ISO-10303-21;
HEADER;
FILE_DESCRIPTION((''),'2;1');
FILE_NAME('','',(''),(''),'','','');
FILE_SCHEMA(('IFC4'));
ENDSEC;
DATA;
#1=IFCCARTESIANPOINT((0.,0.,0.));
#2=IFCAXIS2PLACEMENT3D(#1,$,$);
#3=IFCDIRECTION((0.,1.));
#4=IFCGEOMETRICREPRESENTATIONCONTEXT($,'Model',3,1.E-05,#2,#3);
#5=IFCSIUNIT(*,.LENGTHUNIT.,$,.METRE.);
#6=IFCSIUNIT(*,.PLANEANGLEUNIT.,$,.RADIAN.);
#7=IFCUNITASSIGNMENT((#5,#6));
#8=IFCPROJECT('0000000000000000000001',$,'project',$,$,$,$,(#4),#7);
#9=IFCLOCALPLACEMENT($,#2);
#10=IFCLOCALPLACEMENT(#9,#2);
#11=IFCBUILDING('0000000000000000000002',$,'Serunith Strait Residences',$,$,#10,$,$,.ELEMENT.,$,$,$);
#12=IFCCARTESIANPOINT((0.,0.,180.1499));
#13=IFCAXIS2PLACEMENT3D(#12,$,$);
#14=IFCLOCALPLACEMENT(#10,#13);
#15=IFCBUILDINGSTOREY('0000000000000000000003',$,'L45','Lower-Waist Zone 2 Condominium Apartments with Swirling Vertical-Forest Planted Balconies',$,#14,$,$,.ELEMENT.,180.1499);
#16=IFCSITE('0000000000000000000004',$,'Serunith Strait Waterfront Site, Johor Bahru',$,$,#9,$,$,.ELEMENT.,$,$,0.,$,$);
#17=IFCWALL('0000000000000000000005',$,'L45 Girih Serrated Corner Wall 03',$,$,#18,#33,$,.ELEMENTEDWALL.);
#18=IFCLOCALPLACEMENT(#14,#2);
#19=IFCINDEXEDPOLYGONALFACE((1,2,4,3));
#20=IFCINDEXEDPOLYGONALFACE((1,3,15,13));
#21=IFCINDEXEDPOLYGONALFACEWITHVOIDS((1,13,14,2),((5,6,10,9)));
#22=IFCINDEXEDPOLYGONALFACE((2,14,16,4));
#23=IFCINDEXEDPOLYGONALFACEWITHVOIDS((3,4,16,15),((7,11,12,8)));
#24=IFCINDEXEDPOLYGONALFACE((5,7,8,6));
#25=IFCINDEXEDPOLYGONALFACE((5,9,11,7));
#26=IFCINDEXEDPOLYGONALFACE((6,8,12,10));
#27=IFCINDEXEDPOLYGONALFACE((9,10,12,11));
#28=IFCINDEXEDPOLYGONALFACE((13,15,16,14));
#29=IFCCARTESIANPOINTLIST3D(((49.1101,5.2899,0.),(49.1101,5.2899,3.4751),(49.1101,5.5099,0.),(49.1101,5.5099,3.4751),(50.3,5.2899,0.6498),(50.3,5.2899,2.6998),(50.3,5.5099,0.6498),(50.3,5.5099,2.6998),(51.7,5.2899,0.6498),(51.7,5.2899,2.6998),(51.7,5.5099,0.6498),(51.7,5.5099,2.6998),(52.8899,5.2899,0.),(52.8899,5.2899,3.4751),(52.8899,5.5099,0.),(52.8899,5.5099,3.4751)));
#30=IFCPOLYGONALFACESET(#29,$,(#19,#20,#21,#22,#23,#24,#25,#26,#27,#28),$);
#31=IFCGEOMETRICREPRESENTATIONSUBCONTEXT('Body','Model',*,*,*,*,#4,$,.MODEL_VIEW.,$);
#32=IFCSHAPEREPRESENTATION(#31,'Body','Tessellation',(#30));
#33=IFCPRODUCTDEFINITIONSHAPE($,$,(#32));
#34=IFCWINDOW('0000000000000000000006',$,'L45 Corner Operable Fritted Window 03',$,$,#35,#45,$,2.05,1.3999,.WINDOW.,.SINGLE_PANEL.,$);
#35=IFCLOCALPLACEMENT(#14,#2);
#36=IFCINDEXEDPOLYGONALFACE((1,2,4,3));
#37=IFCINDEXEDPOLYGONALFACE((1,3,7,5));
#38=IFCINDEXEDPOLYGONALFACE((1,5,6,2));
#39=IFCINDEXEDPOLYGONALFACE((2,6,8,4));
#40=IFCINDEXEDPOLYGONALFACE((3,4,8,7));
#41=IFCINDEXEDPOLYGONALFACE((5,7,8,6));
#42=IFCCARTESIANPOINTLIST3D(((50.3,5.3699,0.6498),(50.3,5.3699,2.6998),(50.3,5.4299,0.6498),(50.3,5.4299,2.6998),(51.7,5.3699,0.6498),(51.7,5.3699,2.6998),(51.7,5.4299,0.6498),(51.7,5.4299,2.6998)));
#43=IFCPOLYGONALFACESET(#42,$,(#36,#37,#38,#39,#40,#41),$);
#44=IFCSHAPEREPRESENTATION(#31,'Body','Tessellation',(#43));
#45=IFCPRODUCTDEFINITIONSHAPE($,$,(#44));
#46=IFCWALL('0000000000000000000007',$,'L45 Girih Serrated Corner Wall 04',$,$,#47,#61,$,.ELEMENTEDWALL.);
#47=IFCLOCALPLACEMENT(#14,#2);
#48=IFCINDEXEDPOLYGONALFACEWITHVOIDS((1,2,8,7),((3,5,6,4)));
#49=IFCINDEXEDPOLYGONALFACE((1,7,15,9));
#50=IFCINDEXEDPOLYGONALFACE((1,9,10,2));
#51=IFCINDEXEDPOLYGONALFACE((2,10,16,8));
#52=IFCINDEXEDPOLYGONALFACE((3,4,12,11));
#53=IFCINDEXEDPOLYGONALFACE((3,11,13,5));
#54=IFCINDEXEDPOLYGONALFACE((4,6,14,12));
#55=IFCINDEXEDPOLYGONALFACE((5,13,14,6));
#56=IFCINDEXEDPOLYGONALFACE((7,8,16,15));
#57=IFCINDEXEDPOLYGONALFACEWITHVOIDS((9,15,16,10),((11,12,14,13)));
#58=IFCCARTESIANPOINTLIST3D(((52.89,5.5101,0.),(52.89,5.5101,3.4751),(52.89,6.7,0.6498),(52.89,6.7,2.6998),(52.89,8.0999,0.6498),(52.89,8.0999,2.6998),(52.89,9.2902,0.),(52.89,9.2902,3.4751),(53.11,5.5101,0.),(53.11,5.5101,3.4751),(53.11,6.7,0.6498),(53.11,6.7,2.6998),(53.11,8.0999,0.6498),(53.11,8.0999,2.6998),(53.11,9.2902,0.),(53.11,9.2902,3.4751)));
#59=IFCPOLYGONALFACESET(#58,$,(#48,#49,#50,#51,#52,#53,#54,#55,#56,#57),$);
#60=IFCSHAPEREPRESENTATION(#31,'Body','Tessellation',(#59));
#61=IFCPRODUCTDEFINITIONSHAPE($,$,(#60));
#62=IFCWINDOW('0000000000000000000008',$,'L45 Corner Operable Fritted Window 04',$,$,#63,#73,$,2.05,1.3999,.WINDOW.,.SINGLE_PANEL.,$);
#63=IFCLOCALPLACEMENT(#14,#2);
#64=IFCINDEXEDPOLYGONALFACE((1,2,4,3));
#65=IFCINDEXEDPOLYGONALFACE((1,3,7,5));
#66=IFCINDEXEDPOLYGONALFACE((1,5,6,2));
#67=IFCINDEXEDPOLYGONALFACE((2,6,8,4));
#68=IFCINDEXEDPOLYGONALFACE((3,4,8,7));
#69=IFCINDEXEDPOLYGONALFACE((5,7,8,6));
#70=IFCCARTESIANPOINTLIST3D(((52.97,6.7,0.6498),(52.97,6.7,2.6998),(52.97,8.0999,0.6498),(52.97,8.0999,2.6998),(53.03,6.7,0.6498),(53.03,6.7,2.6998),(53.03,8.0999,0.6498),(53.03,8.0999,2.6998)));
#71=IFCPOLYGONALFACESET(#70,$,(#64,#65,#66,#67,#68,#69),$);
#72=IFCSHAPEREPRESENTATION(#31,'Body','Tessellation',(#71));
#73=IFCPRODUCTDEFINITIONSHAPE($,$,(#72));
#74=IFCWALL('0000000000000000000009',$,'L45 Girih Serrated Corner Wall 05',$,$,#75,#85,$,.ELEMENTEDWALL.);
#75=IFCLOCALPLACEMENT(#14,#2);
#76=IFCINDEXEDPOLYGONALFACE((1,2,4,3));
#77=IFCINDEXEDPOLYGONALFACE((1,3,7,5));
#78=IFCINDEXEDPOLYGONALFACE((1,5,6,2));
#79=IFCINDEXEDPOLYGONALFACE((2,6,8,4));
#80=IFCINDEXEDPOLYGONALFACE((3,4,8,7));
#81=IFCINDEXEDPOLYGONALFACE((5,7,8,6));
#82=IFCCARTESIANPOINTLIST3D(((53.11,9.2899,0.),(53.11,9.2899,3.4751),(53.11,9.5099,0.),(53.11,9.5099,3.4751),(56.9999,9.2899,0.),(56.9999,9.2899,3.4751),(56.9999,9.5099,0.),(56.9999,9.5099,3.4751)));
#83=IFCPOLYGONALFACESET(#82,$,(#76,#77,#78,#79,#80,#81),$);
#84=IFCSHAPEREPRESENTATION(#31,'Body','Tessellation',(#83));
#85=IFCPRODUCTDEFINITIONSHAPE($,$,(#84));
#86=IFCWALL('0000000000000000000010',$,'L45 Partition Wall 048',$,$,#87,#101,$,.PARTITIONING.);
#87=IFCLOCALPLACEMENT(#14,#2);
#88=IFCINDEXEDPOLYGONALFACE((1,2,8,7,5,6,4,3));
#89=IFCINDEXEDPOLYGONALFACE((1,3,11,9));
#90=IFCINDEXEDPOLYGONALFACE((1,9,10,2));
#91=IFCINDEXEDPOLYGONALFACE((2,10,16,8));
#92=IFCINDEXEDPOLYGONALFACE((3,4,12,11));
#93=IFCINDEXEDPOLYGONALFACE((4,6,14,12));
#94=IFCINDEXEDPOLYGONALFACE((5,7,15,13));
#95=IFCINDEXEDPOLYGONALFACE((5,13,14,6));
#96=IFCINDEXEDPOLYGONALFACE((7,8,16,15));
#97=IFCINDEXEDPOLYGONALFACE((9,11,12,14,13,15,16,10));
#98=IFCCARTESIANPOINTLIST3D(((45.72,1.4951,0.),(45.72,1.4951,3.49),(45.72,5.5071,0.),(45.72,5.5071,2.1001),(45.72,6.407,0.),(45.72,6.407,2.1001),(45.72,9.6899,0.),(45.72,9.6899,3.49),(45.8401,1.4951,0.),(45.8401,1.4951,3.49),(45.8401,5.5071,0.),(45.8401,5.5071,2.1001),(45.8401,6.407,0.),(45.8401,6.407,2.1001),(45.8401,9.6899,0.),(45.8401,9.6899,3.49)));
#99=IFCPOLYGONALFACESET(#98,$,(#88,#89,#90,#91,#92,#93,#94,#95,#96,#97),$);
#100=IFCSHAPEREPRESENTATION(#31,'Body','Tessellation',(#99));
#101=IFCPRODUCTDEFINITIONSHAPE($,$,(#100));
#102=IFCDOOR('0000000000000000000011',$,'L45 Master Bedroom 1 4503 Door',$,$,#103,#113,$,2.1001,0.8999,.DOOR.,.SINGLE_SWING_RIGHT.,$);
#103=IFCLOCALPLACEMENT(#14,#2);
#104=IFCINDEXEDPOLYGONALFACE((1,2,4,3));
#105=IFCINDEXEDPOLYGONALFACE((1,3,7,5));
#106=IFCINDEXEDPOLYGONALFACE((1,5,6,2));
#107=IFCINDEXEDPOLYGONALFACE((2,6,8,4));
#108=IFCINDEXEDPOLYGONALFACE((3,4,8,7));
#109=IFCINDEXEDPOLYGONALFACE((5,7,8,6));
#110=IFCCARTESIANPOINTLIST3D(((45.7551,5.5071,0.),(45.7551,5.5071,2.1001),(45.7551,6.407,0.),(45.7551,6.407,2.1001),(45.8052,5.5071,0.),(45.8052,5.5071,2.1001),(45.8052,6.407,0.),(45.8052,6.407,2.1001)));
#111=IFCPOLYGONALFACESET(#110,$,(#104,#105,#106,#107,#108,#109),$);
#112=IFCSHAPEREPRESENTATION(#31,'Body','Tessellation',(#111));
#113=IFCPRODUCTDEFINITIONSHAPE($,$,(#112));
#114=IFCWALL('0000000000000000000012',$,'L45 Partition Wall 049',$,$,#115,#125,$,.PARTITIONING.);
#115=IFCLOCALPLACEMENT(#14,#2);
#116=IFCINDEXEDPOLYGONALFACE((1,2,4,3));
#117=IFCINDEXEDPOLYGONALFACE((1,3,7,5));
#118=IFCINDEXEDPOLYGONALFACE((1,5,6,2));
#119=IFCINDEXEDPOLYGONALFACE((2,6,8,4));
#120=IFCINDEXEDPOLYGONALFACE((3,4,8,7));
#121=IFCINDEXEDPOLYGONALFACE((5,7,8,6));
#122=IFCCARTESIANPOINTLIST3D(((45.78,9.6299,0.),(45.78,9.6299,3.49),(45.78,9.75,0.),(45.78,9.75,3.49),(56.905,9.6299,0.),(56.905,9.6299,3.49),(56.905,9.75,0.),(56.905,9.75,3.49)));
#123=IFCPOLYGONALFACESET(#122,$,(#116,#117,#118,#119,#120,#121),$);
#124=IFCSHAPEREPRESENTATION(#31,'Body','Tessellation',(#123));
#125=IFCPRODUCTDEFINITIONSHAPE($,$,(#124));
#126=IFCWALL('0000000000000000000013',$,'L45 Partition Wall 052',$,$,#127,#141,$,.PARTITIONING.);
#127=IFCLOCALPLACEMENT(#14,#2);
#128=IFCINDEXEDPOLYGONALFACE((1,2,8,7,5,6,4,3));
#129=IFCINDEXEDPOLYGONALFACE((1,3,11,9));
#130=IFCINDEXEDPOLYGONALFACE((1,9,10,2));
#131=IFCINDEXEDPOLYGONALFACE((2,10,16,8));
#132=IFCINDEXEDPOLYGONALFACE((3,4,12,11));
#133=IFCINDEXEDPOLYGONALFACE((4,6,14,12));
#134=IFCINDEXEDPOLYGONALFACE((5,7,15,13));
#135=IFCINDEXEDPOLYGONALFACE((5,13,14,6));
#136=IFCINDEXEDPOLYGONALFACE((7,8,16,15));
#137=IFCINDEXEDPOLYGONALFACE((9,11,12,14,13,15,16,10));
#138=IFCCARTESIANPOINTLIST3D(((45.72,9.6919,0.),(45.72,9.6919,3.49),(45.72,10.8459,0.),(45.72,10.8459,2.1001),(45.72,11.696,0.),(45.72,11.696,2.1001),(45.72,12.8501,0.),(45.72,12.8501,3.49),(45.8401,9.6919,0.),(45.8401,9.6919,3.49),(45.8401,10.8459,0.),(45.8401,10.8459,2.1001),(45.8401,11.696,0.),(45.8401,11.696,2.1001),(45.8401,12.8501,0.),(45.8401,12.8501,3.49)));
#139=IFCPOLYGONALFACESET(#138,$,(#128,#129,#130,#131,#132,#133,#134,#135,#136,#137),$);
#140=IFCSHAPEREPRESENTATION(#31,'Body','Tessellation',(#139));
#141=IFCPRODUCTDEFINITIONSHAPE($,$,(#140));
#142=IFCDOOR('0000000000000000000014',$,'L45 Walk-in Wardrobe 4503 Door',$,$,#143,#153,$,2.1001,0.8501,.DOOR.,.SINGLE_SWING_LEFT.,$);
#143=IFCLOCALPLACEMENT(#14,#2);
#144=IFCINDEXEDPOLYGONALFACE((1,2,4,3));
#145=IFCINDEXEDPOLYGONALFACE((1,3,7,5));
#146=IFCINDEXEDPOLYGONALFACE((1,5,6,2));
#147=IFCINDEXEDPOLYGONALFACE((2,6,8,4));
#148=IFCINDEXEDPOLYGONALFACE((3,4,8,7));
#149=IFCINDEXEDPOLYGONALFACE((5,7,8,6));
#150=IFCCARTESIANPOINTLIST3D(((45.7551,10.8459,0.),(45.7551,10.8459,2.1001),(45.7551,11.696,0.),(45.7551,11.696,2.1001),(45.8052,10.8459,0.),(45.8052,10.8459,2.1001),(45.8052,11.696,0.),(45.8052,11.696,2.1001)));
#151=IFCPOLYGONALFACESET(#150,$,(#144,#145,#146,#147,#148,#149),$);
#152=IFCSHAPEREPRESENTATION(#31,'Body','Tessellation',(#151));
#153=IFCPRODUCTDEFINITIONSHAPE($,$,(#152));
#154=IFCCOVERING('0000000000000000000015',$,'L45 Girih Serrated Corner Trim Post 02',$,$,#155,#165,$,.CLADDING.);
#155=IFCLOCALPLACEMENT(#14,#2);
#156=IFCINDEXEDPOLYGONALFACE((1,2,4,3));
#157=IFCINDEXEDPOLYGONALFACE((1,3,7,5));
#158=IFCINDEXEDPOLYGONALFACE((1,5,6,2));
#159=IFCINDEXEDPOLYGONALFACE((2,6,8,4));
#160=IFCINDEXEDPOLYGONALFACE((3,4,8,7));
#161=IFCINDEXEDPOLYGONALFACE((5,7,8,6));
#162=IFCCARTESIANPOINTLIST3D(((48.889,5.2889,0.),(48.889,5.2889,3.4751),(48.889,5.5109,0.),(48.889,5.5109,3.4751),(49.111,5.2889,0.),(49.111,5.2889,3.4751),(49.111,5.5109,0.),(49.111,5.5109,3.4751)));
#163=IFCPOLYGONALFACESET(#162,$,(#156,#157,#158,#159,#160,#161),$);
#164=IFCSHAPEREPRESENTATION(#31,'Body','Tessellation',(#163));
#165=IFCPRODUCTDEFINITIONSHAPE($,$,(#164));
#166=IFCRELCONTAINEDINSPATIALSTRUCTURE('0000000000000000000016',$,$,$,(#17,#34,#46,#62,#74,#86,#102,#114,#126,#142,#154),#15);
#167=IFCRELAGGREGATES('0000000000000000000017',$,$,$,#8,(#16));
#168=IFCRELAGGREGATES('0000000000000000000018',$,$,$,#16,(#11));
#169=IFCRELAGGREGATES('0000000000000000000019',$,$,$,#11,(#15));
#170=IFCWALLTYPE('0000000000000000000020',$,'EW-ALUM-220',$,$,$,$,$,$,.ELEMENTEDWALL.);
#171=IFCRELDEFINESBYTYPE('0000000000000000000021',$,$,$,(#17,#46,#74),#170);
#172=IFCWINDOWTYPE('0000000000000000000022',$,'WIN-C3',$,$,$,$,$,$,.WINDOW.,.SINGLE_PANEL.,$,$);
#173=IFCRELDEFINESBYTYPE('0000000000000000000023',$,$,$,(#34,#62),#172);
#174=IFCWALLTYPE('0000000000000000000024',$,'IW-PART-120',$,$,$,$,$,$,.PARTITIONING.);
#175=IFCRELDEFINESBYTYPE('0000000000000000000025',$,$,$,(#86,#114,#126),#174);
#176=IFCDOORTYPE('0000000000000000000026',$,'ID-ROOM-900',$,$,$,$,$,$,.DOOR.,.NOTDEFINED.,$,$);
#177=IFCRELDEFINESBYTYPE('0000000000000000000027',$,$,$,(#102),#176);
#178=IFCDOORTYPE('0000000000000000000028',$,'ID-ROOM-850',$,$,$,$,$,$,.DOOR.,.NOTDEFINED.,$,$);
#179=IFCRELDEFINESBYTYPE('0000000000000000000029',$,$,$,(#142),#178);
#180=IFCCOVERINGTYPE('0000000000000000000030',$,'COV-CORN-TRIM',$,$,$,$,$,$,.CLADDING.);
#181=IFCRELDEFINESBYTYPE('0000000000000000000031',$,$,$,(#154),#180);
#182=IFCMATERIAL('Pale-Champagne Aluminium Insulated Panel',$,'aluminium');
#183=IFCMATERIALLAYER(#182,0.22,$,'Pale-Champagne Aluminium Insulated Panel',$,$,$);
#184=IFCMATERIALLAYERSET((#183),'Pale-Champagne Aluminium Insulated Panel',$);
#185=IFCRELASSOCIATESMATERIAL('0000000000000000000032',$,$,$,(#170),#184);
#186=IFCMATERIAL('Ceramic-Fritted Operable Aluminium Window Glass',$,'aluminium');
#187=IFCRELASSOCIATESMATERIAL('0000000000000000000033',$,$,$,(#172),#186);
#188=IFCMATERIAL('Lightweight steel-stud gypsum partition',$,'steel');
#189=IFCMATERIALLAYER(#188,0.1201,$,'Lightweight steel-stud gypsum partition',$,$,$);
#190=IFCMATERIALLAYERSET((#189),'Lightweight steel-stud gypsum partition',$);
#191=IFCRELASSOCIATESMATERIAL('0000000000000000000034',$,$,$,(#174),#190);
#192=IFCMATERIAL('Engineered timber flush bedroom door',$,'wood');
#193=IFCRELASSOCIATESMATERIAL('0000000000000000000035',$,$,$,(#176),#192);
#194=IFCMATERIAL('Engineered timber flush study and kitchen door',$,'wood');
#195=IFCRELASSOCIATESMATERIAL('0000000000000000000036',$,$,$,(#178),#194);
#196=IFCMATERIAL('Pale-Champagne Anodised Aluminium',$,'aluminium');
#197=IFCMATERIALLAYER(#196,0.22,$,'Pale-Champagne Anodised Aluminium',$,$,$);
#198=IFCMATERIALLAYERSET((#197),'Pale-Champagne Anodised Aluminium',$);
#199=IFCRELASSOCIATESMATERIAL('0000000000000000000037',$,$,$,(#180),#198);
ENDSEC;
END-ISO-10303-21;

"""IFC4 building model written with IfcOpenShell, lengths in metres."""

from ifc_helpers import new_model, si_unit, direction, frame, frame_2d, origin, origin_2d, place, context, subcontext, project, spatial, rectangle, extrude, source, transform, mapped, material, layer, layer_set, type_object, element, fill, save


model = new_model("IFC4")

# Units and contexts
model_context = context("Model", 3, precision=1e-05, world=origin(), true_north=direction((0.0, 1.0)))
body_context = subcontext(model_context, "Body", "Model", "MODEL_VIEW")
ifc_project = project(units=[si_unit("LENGTHUNIT", "METRE"), si_unit("PLANEANGLEUNIT", "RADIAN")], contexts=[model_context])

# Site, building, storey
site_placement = place(None, origin())
site = spatial("IfcSite", under=ifc_project, at=site_placement, Name="Serunith Strait Waterfront Site, Johor Bahru", CompositionType="ELEMENT", RefElevation=0.0)
building_placement = place(site_placement, origin())
building = spatial("IfcBuilding", under=site, at=building_placement, Name="Serunith Strait Residences", CompositionType="ELEMENT")
storey_placement = place(building_placement, frame((0.0, 0.0, 180.1499)))
storey = spatial("IfcBuildingStorey", under=building, at=storey_placement, Name="L45", Description="Lower-Waist Zone 2 Condominium Apartments with Swirling Vertical-Forest Planted Balconies", CompositionType="ELEMENT", Elevation=180.1499)

# Shared definitions
ifc_material_1 = material(Name="Pale-Champagne Anodised Aluminium", Category="aluminium")

# Walls, openings, windows
ifc_material_2 = material(Name="Pale-Champagne Aluminium Insulated Panel", Category="aluminium")
ifc_layer_1 = layer(ifc_material_2, 0.22, Name="Pale-Champagne Aluminium Insulated Panel")
ifc_layer_set_1 = layer_set([ifc_layer_1], Name="Pale-Champagne Aluminium Insulated Panel")
wall_type_1 = type_object("IfcWallType", Name="EW-ALUM-220", PredefinedType="ELEMENTEDWALL", material=ifc_layer_set_1)
ifc_material_3 = material(Name="Ceramic-Fritted Operable Aluminium Window Glass", Category="aluminium")
window_type = type_object("IfcWindowType", Name="WIN-C3", PartitioningType="SINGLE_PANEL", PredefinedType="WINDOW", material=ifc_material_3)
shared_shape_1 = source(origin(), body_context, "Body", "SweptSolid", [
    extrude(rectangle(XDim=1.3999, YDim=2.05, at=frame_2d((0.7, 1.0249))), frame((0.0, 0.03, 0.0), z_axis=(0.0, -1.0, 0.0), x_axis=(1.0, 0.0, 0.0)), (0.0, 0.0, 1.0), 0.0601),
])
wall_1_placement = place(storey_placement, frame((49.1101, 5.3999, 0.0), z_axis=(0.0, 0.0, 1.0), x_axis=(1.0, 0.0, 0.0)))
wall_1 = element("IfcWall", 1, at=wall_1_placement, inside=storey, type_object=wall_type_1, Name="L45 Girih Serrated Corner Wall 03", PredefinedType="ELEMENTEDWALL", context=body_context, shape_type="SweptSolid", body=[
    extrude(rectangle(XDim=3.7798, YDim=0.22, at=frame_2d((1.8899, 0.0))), origin(), (0.0, 0.0, 1.0), 3.4751),
])
opening_1_placement = place(wall_1_placement, frame((1.1899, 0.0, 0.6499)))
opening_1 = element("IfcOpeningElement", 2, at=opening_1_placement, cuts=wall_1, PredefinedType="OPENING", context=body_context, shape_type="SweptSolid", body=[
    extrude(rectangle(XDim=1.3999, YDim=2.05, at=frame_2d((0.7, 1.0249))), frame((0.0, 0.1201, 0.0), z_axis=(0.0, -1.0, 0.0), x_axis=(1.0, 0.0, 0.0)), (0.0, 0.0, 1.0), 0.24),
])
window_1_placement = place(opening_1_placement, origin())
window_1 = element("IfcWindow", 3, at=window_1_placement, inside=storey, type_object=window_type, Name="L45 Corner Operable Fritted Window 03", OverallHeight=2.05, OverallWidth=1.3999, PartitioningType="SINGLE_PANEL", PredefinedType="WINDOW", context=body_context, shape_type="MappedRepresentation", body=[
    mapped(shared_shape_1, transform((0.0, 0.0, 0.0), scale=1.0)),
])
fill(opening_1, window_1)
wall_2_placement = place(storey_placement, frame((53.0, 5.51, 0.0), z_axis=(0.0, 0.0, 1.0), x_axis=(0.0, 1.0, 0.0)))
wall_2 = element("IfcWall", 4, at=wall_2_placement, inside=storey, type_object=wall_type_1, Name="L45 Girih Serrated Corner Wall 04", PredefinedType="ELEMENTEDWALL", context=body_context, shape_type="SweptSolid", body=[
    extrude(rectangle(XDim=3.78, YDim=0.22, at=frame_2d((1.8901, 0.0))), origin(), (0.0, 0.0, 1.0), 3.4751),
])
opening_2_placement = place(wall_2_placement, frame((1.1899, 0.0, 0.6499)))
opening_2 = element("IfcOpeningElement", 5, at=opening_2_placement, cuts=wall_2, PredefinedType="OPENING", context=body_context, shape_type="SweptSolid", body=[
    extrude(rectangle(XDim=1.3999, YDim=2.05, at=frame_2d((0.7, 1.0249))), frame((0.0, 0.1201, 0.0), z_axis=(0.0, -1.0, 0.0), x_axis=(1.0, 0.0, 0.0)), (0.0, 0.0, 1.0), 0.24),
])
window_2_placement = place(opening_2_placement, origin())
window_2 = element("IfcWindow", 6, at=window_2_placement, inside=storey, type_object=window_type, Name="L45 Corner Operable Fritted Window 04", OverallHeight=2.05, OverallWidth=1.3999, PartitioningType="SINGLE_PANEL", PredefinedType="WINDOW", context=body_context, shape_type="MappedRepresentation", body=[
    mapped(shared_shape_1, transform((0.0, 0.0, 0.0), scale=1.0)),
])
fill(opening_2, window_2)

# Wall
wall_3_placement = place(storey_placement, frame((53.1101, 9.3999, 0.0), z_axis=(0.0, 0.0, 1.0), x_axis=(1.0, 0.0, 0.0)))
element("IfcWall", 7, at=wall_3_placement, inside=storey, type_object=wall_type_1, Name="L45 Girih Serrated Corner Wall 05", PredefinedType="ELEMENTEDWALL", context=body_context, shape_type="SweptSolid", body=[
    extrude(rectangle(XDim=3.8899, YDim=0.22, at=frame_2d((1.9448, 0.0))), origin(), (0.0, 0.0, 1.0), 3.4751),
])

# Wall, opening, door
ifc_material_4 = material(Name="Lightweight steel-stud gypsum partition", Category="steel")
ifc_layer_2 = layer(ifc_material_4, 0.1201, Name="Lightweight steel-stud gypsum partition")
ifc_layer_set_2 = layer_set([ifc_layer_2], Name="Lightweight steel-stud gypsum partition")
wall_type_2 = type_object("IfcWallType", Name="IW-PART-120", PredefinedType="PARTITIONING", material=ifc_layer_set_2)
wall_4_placement = place(storey_placement, frame((45.78, 1.4951, 0.0), z_axis=(0.0, 0.0, 1.0), x_axis=(0.0, 1.0, 0.0)))
wall_4 = element("IfcWall", 8, at=wall_4_placement, inside=storey, type_object=wall_type_2, Name="L45 Partition Wall 048", PredefinedType="PARTITIONING", context=body_context, shape_type="SweptSolid", body=[
    extrude(rectangle(XDim=8.1948, YDim=0.1201, at=frame_2d((4.0974, 0.0))), origin(), (0.0, 0.0, 1.0), 3.49),
])
opening_3_placement = place(wall_4_placement, frame((4.012, 0.0, 0.0)))
opening_3 = element("IfcOpeningElement", 9, at=opening_3_placement, cuts=wall_4, PredefinedType="OPENING", context=body_context, shape_type="SweptSolid", body=[
    extrude(rectangle(XDim=0.8999, YDim=2.1001, at=frame_2d((0.45, 1.05))), frame((0.0, 0.0701, 0.0), z_axis=(0.0, -1.0, 0.0), x_axis=(1.0, 0.0, 0.0)), (0.0, 0.0, 1.0), 0.1401),
])
ifc_material_5 = material(Name="Engineered timber flush bedroom door", Category="wood")
door_type_1 = type_object("IfcDoorType", Name="ID-ROOM-900", OperationType="NOTDEFINED", PredefinedType="DOOR", material=ifc_material_5)
shared_shape_2 = source(origin(), body_context, "Body", "SweptSolid", [
    extrude(rectangle(XDim=0.8999, YDim=2.1001, at=frame_2d((0.45, 1.05))), frame((0.0, 0.0249, 0.0), z_axis=(0.0, -1.0, 0.0), x_axis=(1.0, 0.0, 0.0)), (0.0, 0.0, 1.0), 0.05),
])
door_1_placement = place(opening_3_placement, origin())
door_1 = element("IfcDoor", 10, at=door_1_placement, inside=storey, type_object=door_type_1, Name="L45 Master Bedroom 1 4503 Door", OperationType="SINGLE_SWING_RIGHT", OverallHeight=2.1001, OverallWidth=0.8999, PredefinedType="DOOR", context=body_context, shape_type="MappedRepresentation", body=[
    mapped(shared_shape_2, transform((0.0, 0.0, 0.0), scale=1.0)),
])
fill(opening_3, door_1)

# Wall
wall_5_placement = place(storey_placement, frame((45.78, 9.6899, 0.0), z_axis=(0.0, 0.0, 1.0), x_axis=(1.0, 0.0, 0.0)))
element("IfcWall", 11, at=wall_5_placement, inside=storey, type_object=wall_type_2, Name="L45 Partition Wall 049", PredefinedType="PARTITIONING", context=body_context, shape_type="SweptSolid", body=[
    extrude(rectangle(XDim=11.125, YDim=0.1201, at=frame_2d((5.5625, 0.0))), origin(), (0.0, 0.0, 1.0), 3.49),
])

# Wall, opening, door
wall_6_placement = place(storey_placement, frame((45.78, 9.6919, 0.0), z_axis=(0.0, 0.0, 1.0), x_axis=(0.0, 1.0, 0.0)))
wall_6 = element("IfcWall", 12, at=wall_6_placement, inside=storey, type_object=wall_type_2, Name="L45 Partition Wall 052", PredefinedType="PARTITIONING", context=body_context, shape_type="SweptSolid", body=[
    extrude(rectangle(XDim=3.1582, YDim=0.1201, at=frame_2d((1.5791, 0.0))), origin(), (0.0, 0.0, 1.0), 3.49),
])
opening_4_placement = place(wall_6_placement, frame((1.1541, 0.0, 0.0)))
opening_4 = element("IfcOpeningElement", 13, at=opening_4_placement, cuts=wall_6, PredefinedType="OPENING", context=body_context, shape_type="SweptSolid", body=[
    extrude(rectangle(XDim=0.8501, YDim=2.1001, at=frame_2d((0.425, 1.05))), frame((0.0, 0.0701, 0.0), z_axis=(0.0, -1.0, 0.0), x_axis=(1.0, 0.0, 0.0)), (0.0, 0.0, 1.0), 0.1401),
])
ifc_material_6 = material(Name="Engineered timber flush study and kitchen door", Category="wood")
door_type_2 = type_object("IfcDoorType", Name="ID-ROOM-850", OperationType="NOTDEFINED", PredefinedType="DOOR", material=ifc_material_6)
shared_shape_3 = source(origin(), body_context, "Body", "SweptSolid", [
    extrude(rectangle(XDim=0.8501, YDim=2.1001, at=frame_2d((0.425, 1.05))), frame((0.0, 0.0249, 0.0), z_axis=(0.0, -1.0, 0.0), x_axis=(1.0, 0.0, 0.0)), (0.0, 0.0, 1.0), 0.05),
])
door_2_placement = place(opening_4_placement, origin())
door_2 = element("IfcDoor", 14, at=door_2_placement, inside=storey, type_object=door_type_2, Name="L45 Walk-in Wardrobe 4503 Door", OperationType="SINGLE_SWING_LEFT", OverallHeight=2.1001, OverallWidth=0.8501, PredefinedType="DOOR", context=body_context, shape_type="MappedRepresentation", body=[
    mapped(shared_shape_3, transform((0.0, 0.0, 0.0), scale=1.0)),
])
fill(opening_4, door_2)

# Covering
ifc_layer_3 = layer(ifc_material_1, 0.22, Name="Pale-Champagne Anodised Aluminium")
ifc_layer_set_3 = layer_set([ifc_layer_3], Name="Pale-Champagne Anodised Aluminium")
covering_type = type_object("IfcCoveringType", Name="COV-CORN-TRIM", PredefinedType="CLADDING", material=ifc_layer_set_3)
shared_shape_4 = source(origin(), body_context, "Body", "SweptSolid", [
    extrude(rectangle(XDim=0.2219, YDim=0.2219, at=origin_2d()), origin(), (0.0, 0.0, 1.0), 3.4751),
])
for number, where, z_axis, x_axis, name in (
    (15, (49.0, 5.3999, 0.0), (0.0, 0.0, 1.0), (1.0, 0.0, 0.0), "L45 Girih Serrated Corner Trim Post 02"),
):
    element("IfcCovering", number, at=place(storey_placement, frame(where, z_axis=z_axis, x_axis=x_axis)), inside=storey, type_object=covering_type, Name=name, PredefinedType="CLADDING", context=body_context, shape_type="MappedRepresentation", body=[
        mapped(shared_shape_4, transform((0.0, 0.0, 0.0), scale=1.0)),
    ])

save(model, "model.ifc")
